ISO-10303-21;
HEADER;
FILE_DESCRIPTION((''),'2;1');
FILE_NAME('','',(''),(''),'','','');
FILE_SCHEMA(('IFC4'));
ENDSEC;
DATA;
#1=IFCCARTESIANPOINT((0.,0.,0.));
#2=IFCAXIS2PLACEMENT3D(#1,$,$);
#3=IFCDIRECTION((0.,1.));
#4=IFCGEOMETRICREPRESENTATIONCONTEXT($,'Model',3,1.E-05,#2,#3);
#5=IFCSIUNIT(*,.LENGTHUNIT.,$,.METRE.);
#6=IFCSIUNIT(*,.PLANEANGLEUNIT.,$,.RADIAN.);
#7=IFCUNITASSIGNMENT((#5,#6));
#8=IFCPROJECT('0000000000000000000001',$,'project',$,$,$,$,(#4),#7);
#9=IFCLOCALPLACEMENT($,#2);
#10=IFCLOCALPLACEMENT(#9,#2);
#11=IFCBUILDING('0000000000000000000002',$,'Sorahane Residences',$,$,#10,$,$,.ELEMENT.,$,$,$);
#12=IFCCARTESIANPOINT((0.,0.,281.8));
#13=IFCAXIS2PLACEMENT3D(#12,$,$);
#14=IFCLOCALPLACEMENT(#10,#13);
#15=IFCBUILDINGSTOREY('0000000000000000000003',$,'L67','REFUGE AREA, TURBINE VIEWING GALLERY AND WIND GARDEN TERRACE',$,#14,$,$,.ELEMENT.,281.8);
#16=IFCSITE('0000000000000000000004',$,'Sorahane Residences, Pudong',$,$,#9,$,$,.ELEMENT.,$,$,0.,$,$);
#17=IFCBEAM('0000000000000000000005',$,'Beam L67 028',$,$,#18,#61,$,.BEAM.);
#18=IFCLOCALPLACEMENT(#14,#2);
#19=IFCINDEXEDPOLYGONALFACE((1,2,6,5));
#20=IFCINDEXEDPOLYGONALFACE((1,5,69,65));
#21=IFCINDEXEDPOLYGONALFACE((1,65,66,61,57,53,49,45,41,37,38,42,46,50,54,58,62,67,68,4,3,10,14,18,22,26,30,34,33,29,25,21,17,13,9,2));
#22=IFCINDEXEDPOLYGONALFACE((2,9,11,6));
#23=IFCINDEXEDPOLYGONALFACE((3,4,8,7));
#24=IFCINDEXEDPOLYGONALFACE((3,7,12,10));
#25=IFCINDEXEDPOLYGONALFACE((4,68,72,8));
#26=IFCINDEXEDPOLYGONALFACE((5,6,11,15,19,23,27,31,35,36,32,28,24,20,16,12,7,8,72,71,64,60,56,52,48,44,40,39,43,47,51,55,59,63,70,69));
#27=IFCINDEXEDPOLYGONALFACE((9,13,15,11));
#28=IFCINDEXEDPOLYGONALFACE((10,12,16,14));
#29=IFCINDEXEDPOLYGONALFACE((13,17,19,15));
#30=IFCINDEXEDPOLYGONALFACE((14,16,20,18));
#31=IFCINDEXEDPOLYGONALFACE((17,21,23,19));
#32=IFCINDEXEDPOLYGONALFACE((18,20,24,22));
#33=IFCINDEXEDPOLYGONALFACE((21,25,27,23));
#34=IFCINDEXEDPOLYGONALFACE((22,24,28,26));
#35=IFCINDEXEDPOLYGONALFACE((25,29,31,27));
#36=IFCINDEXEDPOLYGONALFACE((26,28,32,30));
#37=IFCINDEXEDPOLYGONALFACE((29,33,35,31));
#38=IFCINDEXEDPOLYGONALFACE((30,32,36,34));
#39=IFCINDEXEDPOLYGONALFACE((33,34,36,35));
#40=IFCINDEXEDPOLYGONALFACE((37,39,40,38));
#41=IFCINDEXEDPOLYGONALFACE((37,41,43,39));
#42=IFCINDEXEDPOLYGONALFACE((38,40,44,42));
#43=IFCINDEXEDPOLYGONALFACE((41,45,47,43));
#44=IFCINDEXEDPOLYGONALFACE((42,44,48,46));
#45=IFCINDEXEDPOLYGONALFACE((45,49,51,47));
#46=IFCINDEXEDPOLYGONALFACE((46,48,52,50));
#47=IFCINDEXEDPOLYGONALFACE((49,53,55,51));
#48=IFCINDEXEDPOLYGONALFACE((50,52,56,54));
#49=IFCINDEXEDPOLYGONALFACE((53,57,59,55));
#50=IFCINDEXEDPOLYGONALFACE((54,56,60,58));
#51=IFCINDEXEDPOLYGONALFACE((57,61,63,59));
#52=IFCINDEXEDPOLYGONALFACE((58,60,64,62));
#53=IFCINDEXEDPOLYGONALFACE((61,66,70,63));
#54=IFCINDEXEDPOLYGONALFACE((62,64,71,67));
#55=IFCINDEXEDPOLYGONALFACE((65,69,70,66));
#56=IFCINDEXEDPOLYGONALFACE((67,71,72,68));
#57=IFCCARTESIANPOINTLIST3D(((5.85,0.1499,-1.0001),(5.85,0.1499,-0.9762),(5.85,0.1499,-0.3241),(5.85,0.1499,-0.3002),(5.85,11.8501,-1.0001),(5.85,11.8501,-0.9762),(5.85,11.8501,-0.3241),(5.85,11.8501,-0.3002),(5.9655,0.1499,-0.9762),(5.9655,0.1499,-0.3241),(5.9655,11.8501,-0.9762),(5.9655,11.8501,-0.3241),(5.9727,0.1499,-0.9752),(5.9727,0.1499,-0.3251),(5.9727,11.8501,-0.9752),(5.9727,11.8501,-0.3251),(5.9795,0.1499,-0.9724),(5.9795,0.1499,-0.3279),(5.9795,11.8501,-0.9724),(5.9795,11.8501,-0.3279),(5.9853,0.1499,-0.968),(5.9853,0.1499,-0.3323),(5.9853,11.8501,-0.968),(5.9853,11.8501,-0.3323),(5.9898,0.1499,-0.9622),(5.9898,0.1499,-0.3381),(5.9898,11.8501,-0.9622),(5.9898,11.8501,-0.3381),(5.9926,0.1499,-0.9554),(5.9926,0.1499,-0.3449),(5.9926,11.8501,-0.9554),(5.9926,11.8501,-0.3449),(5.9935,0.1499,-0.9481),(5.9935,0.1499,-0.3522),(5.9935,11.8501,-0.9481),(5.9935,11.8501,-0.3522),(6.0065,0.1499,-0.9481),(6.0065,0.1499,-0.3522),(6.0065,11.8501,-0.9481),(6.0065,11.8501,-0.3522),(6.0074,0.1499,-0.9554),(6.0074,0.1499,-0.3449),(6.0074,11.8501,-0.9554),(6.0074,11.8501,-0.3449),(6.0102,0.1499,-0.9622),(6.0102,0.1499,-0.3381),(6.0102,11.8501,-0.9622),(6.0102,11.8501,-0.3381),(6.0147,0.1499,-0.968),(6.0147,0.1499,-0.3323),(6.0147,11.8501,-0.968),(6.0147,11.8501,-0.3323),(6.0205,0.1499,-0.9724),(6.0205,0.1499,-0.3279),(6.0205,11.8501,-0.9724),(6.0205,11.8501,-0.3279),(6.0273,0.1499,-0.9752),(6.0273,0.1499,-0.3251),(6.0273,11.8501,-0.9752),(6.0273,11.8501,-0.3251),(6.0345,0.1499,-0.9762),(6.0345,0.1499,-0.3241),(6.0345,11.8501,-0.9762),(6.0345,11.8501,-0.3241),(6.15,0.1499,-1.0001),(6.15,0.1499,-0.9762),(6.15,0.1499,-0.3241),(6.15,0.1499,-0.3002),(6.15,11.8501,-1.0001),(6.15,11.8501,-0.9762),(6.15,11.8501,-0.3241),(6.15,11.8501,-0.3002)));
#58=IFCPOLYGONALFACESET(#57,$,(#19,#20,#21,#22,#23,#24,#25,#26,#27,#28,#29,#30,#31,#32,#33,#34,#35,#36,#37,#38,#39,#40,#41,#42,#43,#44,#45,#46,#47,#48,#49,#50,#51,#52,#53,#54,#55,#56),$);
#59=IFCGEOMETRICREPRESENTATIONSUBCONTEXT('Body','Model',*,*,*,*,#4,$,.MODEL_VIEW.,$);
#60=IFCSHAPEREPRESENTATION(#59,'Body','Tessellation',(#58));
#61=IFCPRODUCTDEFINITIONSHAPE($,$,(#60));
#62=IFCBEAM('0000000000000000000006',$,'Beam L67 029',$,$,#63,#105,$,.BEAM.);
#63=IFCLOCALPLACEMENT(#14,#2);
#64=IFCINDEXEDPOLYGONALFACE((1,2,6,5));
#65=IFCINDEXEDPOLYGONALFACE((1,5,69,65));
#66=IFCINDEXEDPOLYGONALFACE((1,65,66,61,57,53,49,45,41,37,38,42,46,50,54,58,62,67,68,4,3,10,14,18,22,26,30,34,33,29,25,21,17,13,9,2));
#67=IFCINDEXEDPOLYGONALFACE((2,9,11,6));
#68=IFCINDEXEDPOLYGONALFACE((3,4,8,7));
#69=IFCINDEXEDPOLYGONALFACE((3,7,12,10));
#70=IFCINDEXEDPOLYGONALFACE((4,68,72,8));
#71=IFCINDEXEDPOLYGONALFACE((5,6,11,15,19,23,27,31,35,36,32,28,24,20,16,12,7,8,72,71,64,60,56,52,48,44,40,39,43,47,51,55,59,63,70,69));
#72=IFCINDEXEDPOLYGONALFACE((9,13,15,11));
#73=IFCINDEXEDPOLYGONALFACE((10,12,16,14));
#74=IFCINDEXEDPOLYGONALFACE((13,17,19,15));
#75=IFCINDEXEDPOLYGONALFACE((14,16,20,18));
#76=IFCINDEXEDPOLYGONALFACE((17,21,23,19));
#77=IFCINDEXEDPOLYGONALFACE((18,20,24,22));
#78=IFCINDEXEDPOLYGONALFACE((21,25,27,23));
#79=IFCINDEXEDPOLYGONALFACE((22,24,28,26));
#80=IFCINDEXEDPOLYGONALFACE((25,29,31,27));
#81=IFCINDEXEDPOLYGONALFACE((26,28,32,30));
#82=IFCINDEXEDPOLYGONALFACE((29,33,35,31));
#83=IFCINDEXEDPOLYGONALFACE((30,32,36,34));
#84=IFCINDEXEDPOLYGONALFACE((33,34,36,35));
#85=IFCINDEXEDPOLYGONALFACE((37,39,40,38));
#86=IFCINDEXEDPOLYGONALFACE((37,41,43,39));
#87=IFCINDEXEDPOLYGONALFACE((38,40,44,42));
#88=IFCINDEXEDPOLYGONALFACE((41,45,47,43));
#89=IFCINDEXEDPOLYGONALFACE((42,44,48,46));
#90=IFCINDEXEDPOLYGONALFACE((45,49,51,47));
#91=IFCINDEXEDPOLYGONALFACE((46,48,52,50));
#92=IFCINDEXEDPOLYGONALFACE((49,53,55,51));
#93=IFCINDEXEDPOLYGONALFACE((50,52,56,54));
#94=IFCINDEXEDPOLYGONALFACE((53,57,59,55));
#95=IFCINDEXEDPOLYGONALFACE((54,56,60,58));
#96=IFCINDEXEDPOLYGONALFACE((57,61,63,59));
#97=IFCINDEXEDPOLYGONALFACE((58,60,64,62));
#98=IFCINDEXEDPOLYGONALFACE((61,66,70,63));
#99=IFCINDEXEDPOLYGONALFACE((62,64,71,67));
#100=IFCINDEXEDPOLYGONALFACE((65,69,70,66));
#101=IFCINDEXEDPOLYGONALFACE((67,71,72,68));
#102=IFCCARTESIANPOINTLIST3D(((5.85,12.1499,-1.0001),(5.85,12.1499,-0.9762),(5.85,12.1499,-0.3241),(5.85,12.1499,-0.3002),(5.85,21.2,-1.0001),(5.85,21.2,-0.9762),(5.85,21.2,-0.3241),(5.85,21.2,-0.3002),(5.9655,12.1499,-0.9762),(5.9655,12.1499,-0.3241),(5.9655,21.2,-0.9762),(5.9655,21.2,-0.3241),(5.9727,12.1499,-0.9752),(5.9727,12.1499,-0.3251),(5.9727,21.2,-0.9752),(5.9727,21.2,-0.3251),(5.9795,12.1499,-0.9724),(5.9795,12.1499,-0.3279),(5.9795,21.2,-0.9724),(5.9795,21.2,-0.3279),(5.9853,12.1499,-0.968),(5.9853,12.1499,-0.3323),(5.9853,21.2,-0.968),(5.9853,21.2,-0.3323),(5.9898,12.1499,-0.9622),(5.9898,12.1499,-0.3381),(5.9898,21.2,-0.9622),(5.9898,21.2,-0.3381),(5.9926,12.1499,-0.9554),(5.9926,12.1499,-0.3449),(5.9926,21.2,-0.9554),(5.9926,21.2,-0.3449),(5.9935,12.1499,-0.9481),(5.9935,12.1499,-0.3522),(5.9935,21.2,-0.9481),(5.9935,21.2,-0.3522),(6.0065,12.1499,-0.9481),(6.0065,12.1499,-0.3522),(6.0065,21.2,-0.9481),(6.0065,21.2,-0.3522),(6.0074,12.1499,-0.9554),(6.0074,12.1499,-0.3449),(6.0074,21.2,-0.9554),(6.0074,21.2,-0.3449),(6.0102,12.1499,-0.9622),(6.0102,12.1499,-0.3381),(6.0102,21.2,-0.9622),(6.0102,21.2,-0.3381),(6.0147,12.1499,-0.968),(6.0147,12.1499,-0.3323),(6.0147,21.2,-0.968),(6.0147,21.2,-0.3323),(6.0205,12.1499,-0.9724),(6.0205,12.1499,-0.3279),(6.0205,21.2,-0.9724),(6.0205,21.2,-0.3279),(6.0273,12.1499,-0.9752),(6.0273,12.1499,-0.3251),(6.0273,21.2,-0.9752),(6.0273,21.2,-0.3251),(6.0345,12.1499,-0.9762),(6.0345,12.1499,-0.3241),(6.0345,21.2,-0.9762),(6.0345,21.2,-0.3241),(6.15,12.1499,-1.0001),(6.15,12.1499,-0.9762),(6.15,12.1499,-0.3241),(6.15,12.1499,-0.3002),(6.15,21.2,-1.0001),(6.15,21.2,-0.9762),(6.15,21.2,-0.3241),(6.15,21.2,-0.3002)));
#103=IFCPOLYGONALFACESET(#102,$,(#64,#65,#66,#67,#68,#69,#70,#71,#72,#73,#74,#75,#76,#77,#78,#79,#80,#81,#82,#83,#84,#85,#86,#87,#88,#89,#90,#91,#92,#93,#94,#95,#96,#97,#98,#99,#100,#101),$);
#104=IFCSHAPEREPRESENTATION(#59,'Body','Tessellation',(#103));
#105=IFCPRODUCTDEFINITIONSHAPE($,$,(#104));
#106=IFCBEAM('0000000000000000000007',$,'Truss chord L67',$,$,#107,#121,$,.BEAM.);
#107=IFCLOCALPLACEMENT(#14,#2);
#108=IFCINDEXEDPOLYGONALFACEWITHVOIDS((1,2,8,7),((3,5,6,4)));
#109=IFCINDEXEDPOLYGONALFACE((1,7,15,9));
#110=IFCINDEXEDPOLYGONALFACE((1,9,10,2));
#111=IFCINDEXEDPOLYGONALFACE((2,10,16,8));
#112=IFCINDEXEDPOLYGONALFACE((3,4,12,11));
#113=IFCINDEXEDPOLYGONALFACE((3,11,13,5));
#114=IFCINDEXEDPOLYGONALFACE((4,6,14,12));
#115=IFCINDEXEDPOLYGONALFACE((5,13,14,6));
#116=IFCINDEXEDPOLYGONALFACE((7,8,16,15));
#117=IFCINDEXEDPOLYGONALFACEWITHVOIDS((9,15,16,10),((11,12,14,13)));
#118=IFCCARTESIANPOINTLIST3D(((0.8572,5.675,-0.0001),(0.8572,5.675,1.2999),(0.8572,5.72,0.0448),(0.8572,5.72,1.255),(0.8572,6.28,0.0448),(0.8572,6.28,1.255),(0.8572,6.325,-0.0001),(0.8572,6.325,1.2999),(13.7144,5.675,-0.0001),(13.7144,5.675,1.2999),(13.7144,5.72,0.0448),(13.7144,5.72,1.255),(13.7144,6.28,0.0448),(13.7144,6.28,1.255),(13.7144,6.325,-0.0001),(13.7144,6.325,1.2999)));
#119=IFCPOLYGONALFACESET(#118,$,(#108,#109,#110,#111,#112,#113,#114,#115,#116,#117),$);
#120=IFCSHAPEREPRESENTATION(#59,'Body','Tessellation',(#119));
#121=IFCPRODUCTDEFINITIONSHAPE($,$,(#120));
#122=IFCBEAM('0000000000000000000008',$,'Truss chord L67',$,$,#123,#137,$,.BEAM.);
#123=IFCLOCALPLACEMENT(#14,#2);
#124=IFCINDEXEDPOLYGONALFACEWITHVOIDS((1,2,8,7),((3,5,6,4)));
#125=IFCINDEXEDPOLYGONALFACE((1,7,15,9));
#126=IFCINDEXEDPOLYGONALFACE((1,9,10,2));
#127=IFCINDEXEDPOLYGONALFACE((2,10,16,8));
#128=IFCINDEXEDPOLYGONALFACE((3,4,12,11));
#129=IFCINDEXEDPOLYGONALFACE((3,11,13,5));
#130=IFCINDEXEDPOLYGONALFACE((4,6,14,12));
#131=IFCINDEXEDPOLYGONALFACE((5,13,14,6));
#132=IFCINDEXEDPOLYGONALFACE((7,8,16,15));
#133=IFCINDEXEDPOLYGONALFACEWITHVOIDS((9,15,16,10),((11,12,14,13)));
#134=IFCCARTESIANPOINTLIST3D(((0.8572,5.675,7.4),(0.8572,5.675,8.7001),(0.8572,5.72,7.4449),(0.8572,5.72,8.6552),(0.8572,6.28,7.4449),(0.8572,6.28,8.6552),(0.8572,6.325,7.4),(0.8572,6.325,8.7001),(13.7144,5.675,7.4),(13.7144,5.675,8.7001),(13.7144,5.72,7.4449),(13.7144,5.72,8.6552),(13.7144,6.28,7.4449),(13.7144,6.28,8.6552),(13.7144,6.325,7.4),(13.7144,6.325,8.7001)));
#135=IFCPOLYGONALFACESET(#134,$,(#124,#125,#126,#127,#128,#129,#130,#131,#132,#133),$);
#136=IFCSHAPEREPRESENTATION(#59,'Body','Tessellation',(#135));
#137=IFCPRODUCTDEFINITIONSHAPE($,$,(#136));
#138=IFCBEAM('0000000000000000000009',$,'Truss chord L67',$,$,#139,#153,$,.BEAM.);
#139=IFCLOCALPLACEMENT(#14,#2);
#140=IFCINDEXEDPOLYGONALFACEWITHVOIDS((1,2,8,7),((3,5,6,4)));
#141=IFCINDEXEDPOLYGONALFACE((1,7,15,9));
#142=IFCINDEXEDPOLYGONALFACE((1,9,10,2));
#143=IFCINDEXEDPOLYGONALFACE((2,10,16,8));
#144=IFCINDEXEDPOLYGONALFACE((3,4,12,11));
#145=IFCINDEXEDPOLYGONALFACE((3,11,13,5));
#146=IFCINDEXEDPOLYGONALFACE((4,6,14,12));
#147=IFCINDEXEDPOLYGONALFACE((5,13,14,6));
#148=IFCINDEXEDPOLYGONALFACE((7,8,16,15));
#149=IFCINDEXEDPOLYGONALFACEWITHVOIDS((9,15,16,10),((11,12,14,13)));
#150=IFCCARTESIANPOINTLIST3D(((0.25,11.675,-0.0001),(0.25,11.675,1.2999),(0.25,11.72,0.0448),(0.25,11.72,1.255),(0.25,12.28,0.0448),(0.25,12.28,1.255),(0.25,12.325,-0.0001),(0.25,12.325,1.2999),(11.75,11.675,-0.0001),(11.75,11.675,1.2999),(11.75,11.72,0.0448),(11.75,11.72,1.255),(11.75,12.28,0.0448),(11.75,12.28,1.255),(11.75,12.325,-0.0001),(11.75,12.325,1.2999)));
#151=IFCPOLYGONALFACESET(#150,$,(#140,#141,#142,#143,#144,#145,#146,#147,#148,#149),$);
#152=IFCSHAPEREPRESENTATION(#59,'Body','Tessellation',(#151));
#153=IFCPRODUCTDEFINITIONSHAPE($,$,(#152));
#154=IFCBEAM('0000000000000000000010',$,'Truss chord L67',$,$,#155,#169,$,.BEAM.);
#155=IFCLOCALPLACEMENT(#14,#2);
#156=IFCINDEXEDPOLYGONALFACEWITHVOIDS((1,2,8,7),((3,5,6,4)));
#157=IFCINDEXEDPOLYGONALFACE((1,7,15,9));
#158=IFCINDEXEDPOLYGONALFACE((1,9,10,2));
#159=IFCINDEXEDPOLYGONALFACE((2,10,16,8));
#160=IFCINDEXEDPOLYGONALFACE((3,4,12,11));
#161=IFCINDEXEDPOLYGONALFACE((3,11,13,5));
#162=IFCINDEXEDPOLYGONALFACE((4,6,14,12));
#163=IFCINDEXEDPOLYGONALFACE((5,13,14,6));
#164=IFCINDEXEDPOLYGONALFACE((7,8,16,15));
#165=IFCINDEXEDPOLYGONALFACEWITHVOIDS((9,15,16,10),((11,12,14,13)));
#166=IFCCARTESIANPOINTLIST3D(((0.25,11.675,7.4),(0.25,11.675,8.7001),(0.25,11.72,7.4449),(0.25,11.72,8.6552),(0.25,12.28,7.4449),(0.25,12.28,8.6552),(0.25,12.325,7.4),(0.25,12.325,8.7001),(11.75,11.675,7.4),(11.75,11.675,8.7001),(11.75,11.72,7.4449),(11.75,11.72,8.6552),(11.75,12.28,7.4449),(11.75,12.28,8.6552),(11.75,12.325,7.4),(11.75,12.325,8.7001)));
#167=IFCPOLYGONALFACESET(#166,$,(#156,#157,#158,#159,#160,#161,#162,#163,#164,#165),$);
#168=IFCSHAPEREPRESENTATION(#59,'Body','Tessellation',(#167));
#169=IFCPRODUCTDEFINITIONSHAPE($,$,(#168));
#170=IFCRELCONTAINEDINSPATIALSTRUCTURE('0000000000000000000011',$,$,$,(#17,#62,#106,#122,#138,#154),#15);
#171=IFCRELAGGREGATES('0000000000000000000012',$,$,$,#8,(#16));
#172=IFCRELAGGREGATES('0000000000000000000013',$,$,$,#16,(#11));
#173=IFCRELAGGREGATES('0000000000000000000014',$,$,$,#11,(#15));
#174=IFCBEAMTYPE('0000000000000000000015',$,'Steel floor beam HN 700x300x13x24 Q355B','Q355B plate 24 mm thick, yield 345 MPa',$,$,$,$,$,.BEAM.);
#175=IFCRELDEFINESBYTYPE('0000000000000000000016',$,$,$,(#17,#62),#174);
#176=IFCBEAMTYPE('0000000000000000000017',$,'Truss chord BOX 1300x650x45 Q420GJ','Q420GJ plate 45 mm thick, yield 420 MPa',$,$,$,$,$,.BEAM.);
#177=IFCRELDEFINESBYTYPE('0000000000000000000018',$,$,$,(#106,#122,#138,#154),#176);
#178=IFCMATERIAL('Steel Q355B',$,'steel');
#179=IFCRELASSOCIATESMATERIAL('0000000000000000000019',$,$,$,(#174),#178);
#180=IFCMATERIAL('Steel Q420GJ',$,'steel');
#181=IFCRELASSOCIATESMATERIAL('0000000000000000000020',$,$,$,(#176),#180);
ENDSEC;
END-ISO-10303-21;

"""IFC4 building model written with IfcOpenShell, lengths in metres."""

from ifc_helpers import new_model, si_unit, direction, frame, origin, origin_2d, place, context, subcontext, project, spatial, hollow_rectangle, i_section, extrude, material, material_profile, profile_set, type_object, element, save


model = new_model("IFC4")

# Units and contexts
model_context = context("Model", 3, precision=1e-05, world=origin(), true_north=direction((0.0, 1.0)))
body_context = subcontext(model_context, "Body", "Model", "MODEL_VIEW")
ifc_project = project(units=[si_unit("LENGTHUNIT", "METRE"), si_unit("PLANEANGLEUNIT", "RADIAN")], contexts=[model_context])

# Site, building, storey
site_placement = place(None, origin())
site = spatial("IfcSite", under=ifc_project, at=site_placement, Name="Sorahane Residences, Pudong", CompositionType="ELEMENT", RefElevation=0.0)
building_placement = place(site_placement, origin())
building = spatial("IfcBuilding", under=site, at=building_placement, Name="Sorahane Residences", CompositionType="ELEMENT")
storey_placement = place(building_placement, frame((0.0, 0.0, 281.8)))
storey = spatial("IfcBuildingStorey", under=building, at=storey_placement, Name="L67", Description="REFUGE AREA, TURBINE VIEWING GALLERY AND WIND GARDEN TERRACE", CompositionType="ELEMENT", Elevation=281.8)

# Beams
ifc_material_1 = material(Name="Steel Q355B", Category="steel")
ifc_material_profile_1 = material_profile(ifc_material_1, i_section(OverallWidth=0.3, OverallDepth=0.7, WebThickness=0.0129, FlangeThickness=0.0239, FilletRadius=0.0281, at=origin_2d()), Name="HN 700x300x13x24")
ifc_profile_set_1 = profile_set([ifc_material_profile_1], Name="Steel Q355B")
beam_type_1 = type_object("IfcBeamType", Name="Steel floor beam HN 700x300x13x24 Q355B", Description="Q355B plate 24 mm thick, yield 345 MPa", PredefinedType="BEAM", material=ifc_profile_set_1)
beam_1_placement = place(storey_placement, frame((6.0, 0.1499, -0.6501), z_axis=(0.0, 1.0, 0.0), x_axis=(-1.0, 0.0, 0.0)))
element("IfcBeam", 1, at=beam_1_placement, inside=storey, type_object=beam_type_1, Name="Beam L67 028", PredefinedType="BEAM", context=body_context, shape_type="SweptSolid", body=[
    extrude(i_section(OverallWidth=0.3, OverallDepth=0.7, WebThickness=0.0129, FlangeThickness=0.0239, FilletRadius=0.0281, at=origin_2d()), origin(), (0.0, 0.0, 1.0), 11.7002),
])
beam_2_placement = place(storey_placement, frame((6.0, 12.1499, -0.6501), z_axis=(0.0, 1.0, 0.0), x_axis=(-1.0, 0.0, 0.0)))
element("IfcBeam", 2, at=beam_2_placement, inside=storey, type_object=beam_type_1, Name="Beam L67 029", PredefinedType="BEAM", context=body_context, shape_type="SweptSolid", body=[
    extrude(i_section(OverallWidth=0.3, OverallDepth=0.7, WebThickness=0.0129, FlangeThickness=0.0239, FilletRadius=0.0281, at=origin_2d()), origin(), (0.0, 0.0, 1.0), 9.05),
])
ifc_material_2 = material(Name="Steel Q420GJ", Category="steel")
ifc_material_profile_2 = material_profile(ifc_material_2, hollow_rectangle(XDim=0.6499, YDim=1.3, WallThickness=0.0449, at=origin_2d()), Name="BOX 1300x650x45")
ifc_profile_set_2 = profile_set([ifc_material_profile_2], Name="Steel Q420GJ")
beam_type_2 = type_object("IfcBeamType", Name="Truss chord BOX 1300x650x45 Q420GJ", Description="Q420GJ plate 45 mm thick, yield 420 MPa", PredefinedType="BEAM", material=ifc_profile_set_2)
for number, where, z_axis, x_axis, name in (
    (3, (0.8572, 6.0, 0.6499), (1.0, 0.0, 0.0), (0.0, 1.0, 0.0), "Truss chord L67"),
    (4, (0.8572, 6.0, 8.05), (1.0, 0.0, 0.0), (0.0, 1.0, 0.0), "Truss chord L67"),
):
    element("IfcBeam", number, at=place(storey_placement, frame(where, z_axis=z_axis, x_axis=x_axis)), inside=storey, type_object=beam_type_2, Name=name, PredefinedType="BEAM", context=body_context, shape_type="SweptSolid", body=[
        extrude(hollow_rectangle(XDim=0.6499, YDim=1.3, WallThickness=0.0449, at=origin_2d()), origin(), (0.0, 0.0, 1.0), 12.8572),
    ])
for number, where, z_axis, x_axis, name in (
    (5, (0.25, 12.0, 0.6499), (1.0, 0.0, 0.0), (0.0, 1.0, 0.0), "Truss chord L67"),
    (6, (0.25, 12.0, 8.05), (1.0, 0.0, 0.0), (0.0, 1.0, 0.0), "Truss chord L67"),
):
    element("IfcBeam", number, at=place(storey_placement, frame(where, z_axis=z_axis, x_axis=x_axis)), inside=storey, type_object=beam_type_2, Name=name, PredefinedType="BEAM", context=body_context, shape_type="SweptSolid", body=[
        extrude(hollow_rectangle(XDim=0.6499, YDim=1.3, WallThickness=0.0449, at=origin_2d()), origin(), (0.0, 0.0, 1.0), 11.5),
    ])

save(model, "model.ifc")
